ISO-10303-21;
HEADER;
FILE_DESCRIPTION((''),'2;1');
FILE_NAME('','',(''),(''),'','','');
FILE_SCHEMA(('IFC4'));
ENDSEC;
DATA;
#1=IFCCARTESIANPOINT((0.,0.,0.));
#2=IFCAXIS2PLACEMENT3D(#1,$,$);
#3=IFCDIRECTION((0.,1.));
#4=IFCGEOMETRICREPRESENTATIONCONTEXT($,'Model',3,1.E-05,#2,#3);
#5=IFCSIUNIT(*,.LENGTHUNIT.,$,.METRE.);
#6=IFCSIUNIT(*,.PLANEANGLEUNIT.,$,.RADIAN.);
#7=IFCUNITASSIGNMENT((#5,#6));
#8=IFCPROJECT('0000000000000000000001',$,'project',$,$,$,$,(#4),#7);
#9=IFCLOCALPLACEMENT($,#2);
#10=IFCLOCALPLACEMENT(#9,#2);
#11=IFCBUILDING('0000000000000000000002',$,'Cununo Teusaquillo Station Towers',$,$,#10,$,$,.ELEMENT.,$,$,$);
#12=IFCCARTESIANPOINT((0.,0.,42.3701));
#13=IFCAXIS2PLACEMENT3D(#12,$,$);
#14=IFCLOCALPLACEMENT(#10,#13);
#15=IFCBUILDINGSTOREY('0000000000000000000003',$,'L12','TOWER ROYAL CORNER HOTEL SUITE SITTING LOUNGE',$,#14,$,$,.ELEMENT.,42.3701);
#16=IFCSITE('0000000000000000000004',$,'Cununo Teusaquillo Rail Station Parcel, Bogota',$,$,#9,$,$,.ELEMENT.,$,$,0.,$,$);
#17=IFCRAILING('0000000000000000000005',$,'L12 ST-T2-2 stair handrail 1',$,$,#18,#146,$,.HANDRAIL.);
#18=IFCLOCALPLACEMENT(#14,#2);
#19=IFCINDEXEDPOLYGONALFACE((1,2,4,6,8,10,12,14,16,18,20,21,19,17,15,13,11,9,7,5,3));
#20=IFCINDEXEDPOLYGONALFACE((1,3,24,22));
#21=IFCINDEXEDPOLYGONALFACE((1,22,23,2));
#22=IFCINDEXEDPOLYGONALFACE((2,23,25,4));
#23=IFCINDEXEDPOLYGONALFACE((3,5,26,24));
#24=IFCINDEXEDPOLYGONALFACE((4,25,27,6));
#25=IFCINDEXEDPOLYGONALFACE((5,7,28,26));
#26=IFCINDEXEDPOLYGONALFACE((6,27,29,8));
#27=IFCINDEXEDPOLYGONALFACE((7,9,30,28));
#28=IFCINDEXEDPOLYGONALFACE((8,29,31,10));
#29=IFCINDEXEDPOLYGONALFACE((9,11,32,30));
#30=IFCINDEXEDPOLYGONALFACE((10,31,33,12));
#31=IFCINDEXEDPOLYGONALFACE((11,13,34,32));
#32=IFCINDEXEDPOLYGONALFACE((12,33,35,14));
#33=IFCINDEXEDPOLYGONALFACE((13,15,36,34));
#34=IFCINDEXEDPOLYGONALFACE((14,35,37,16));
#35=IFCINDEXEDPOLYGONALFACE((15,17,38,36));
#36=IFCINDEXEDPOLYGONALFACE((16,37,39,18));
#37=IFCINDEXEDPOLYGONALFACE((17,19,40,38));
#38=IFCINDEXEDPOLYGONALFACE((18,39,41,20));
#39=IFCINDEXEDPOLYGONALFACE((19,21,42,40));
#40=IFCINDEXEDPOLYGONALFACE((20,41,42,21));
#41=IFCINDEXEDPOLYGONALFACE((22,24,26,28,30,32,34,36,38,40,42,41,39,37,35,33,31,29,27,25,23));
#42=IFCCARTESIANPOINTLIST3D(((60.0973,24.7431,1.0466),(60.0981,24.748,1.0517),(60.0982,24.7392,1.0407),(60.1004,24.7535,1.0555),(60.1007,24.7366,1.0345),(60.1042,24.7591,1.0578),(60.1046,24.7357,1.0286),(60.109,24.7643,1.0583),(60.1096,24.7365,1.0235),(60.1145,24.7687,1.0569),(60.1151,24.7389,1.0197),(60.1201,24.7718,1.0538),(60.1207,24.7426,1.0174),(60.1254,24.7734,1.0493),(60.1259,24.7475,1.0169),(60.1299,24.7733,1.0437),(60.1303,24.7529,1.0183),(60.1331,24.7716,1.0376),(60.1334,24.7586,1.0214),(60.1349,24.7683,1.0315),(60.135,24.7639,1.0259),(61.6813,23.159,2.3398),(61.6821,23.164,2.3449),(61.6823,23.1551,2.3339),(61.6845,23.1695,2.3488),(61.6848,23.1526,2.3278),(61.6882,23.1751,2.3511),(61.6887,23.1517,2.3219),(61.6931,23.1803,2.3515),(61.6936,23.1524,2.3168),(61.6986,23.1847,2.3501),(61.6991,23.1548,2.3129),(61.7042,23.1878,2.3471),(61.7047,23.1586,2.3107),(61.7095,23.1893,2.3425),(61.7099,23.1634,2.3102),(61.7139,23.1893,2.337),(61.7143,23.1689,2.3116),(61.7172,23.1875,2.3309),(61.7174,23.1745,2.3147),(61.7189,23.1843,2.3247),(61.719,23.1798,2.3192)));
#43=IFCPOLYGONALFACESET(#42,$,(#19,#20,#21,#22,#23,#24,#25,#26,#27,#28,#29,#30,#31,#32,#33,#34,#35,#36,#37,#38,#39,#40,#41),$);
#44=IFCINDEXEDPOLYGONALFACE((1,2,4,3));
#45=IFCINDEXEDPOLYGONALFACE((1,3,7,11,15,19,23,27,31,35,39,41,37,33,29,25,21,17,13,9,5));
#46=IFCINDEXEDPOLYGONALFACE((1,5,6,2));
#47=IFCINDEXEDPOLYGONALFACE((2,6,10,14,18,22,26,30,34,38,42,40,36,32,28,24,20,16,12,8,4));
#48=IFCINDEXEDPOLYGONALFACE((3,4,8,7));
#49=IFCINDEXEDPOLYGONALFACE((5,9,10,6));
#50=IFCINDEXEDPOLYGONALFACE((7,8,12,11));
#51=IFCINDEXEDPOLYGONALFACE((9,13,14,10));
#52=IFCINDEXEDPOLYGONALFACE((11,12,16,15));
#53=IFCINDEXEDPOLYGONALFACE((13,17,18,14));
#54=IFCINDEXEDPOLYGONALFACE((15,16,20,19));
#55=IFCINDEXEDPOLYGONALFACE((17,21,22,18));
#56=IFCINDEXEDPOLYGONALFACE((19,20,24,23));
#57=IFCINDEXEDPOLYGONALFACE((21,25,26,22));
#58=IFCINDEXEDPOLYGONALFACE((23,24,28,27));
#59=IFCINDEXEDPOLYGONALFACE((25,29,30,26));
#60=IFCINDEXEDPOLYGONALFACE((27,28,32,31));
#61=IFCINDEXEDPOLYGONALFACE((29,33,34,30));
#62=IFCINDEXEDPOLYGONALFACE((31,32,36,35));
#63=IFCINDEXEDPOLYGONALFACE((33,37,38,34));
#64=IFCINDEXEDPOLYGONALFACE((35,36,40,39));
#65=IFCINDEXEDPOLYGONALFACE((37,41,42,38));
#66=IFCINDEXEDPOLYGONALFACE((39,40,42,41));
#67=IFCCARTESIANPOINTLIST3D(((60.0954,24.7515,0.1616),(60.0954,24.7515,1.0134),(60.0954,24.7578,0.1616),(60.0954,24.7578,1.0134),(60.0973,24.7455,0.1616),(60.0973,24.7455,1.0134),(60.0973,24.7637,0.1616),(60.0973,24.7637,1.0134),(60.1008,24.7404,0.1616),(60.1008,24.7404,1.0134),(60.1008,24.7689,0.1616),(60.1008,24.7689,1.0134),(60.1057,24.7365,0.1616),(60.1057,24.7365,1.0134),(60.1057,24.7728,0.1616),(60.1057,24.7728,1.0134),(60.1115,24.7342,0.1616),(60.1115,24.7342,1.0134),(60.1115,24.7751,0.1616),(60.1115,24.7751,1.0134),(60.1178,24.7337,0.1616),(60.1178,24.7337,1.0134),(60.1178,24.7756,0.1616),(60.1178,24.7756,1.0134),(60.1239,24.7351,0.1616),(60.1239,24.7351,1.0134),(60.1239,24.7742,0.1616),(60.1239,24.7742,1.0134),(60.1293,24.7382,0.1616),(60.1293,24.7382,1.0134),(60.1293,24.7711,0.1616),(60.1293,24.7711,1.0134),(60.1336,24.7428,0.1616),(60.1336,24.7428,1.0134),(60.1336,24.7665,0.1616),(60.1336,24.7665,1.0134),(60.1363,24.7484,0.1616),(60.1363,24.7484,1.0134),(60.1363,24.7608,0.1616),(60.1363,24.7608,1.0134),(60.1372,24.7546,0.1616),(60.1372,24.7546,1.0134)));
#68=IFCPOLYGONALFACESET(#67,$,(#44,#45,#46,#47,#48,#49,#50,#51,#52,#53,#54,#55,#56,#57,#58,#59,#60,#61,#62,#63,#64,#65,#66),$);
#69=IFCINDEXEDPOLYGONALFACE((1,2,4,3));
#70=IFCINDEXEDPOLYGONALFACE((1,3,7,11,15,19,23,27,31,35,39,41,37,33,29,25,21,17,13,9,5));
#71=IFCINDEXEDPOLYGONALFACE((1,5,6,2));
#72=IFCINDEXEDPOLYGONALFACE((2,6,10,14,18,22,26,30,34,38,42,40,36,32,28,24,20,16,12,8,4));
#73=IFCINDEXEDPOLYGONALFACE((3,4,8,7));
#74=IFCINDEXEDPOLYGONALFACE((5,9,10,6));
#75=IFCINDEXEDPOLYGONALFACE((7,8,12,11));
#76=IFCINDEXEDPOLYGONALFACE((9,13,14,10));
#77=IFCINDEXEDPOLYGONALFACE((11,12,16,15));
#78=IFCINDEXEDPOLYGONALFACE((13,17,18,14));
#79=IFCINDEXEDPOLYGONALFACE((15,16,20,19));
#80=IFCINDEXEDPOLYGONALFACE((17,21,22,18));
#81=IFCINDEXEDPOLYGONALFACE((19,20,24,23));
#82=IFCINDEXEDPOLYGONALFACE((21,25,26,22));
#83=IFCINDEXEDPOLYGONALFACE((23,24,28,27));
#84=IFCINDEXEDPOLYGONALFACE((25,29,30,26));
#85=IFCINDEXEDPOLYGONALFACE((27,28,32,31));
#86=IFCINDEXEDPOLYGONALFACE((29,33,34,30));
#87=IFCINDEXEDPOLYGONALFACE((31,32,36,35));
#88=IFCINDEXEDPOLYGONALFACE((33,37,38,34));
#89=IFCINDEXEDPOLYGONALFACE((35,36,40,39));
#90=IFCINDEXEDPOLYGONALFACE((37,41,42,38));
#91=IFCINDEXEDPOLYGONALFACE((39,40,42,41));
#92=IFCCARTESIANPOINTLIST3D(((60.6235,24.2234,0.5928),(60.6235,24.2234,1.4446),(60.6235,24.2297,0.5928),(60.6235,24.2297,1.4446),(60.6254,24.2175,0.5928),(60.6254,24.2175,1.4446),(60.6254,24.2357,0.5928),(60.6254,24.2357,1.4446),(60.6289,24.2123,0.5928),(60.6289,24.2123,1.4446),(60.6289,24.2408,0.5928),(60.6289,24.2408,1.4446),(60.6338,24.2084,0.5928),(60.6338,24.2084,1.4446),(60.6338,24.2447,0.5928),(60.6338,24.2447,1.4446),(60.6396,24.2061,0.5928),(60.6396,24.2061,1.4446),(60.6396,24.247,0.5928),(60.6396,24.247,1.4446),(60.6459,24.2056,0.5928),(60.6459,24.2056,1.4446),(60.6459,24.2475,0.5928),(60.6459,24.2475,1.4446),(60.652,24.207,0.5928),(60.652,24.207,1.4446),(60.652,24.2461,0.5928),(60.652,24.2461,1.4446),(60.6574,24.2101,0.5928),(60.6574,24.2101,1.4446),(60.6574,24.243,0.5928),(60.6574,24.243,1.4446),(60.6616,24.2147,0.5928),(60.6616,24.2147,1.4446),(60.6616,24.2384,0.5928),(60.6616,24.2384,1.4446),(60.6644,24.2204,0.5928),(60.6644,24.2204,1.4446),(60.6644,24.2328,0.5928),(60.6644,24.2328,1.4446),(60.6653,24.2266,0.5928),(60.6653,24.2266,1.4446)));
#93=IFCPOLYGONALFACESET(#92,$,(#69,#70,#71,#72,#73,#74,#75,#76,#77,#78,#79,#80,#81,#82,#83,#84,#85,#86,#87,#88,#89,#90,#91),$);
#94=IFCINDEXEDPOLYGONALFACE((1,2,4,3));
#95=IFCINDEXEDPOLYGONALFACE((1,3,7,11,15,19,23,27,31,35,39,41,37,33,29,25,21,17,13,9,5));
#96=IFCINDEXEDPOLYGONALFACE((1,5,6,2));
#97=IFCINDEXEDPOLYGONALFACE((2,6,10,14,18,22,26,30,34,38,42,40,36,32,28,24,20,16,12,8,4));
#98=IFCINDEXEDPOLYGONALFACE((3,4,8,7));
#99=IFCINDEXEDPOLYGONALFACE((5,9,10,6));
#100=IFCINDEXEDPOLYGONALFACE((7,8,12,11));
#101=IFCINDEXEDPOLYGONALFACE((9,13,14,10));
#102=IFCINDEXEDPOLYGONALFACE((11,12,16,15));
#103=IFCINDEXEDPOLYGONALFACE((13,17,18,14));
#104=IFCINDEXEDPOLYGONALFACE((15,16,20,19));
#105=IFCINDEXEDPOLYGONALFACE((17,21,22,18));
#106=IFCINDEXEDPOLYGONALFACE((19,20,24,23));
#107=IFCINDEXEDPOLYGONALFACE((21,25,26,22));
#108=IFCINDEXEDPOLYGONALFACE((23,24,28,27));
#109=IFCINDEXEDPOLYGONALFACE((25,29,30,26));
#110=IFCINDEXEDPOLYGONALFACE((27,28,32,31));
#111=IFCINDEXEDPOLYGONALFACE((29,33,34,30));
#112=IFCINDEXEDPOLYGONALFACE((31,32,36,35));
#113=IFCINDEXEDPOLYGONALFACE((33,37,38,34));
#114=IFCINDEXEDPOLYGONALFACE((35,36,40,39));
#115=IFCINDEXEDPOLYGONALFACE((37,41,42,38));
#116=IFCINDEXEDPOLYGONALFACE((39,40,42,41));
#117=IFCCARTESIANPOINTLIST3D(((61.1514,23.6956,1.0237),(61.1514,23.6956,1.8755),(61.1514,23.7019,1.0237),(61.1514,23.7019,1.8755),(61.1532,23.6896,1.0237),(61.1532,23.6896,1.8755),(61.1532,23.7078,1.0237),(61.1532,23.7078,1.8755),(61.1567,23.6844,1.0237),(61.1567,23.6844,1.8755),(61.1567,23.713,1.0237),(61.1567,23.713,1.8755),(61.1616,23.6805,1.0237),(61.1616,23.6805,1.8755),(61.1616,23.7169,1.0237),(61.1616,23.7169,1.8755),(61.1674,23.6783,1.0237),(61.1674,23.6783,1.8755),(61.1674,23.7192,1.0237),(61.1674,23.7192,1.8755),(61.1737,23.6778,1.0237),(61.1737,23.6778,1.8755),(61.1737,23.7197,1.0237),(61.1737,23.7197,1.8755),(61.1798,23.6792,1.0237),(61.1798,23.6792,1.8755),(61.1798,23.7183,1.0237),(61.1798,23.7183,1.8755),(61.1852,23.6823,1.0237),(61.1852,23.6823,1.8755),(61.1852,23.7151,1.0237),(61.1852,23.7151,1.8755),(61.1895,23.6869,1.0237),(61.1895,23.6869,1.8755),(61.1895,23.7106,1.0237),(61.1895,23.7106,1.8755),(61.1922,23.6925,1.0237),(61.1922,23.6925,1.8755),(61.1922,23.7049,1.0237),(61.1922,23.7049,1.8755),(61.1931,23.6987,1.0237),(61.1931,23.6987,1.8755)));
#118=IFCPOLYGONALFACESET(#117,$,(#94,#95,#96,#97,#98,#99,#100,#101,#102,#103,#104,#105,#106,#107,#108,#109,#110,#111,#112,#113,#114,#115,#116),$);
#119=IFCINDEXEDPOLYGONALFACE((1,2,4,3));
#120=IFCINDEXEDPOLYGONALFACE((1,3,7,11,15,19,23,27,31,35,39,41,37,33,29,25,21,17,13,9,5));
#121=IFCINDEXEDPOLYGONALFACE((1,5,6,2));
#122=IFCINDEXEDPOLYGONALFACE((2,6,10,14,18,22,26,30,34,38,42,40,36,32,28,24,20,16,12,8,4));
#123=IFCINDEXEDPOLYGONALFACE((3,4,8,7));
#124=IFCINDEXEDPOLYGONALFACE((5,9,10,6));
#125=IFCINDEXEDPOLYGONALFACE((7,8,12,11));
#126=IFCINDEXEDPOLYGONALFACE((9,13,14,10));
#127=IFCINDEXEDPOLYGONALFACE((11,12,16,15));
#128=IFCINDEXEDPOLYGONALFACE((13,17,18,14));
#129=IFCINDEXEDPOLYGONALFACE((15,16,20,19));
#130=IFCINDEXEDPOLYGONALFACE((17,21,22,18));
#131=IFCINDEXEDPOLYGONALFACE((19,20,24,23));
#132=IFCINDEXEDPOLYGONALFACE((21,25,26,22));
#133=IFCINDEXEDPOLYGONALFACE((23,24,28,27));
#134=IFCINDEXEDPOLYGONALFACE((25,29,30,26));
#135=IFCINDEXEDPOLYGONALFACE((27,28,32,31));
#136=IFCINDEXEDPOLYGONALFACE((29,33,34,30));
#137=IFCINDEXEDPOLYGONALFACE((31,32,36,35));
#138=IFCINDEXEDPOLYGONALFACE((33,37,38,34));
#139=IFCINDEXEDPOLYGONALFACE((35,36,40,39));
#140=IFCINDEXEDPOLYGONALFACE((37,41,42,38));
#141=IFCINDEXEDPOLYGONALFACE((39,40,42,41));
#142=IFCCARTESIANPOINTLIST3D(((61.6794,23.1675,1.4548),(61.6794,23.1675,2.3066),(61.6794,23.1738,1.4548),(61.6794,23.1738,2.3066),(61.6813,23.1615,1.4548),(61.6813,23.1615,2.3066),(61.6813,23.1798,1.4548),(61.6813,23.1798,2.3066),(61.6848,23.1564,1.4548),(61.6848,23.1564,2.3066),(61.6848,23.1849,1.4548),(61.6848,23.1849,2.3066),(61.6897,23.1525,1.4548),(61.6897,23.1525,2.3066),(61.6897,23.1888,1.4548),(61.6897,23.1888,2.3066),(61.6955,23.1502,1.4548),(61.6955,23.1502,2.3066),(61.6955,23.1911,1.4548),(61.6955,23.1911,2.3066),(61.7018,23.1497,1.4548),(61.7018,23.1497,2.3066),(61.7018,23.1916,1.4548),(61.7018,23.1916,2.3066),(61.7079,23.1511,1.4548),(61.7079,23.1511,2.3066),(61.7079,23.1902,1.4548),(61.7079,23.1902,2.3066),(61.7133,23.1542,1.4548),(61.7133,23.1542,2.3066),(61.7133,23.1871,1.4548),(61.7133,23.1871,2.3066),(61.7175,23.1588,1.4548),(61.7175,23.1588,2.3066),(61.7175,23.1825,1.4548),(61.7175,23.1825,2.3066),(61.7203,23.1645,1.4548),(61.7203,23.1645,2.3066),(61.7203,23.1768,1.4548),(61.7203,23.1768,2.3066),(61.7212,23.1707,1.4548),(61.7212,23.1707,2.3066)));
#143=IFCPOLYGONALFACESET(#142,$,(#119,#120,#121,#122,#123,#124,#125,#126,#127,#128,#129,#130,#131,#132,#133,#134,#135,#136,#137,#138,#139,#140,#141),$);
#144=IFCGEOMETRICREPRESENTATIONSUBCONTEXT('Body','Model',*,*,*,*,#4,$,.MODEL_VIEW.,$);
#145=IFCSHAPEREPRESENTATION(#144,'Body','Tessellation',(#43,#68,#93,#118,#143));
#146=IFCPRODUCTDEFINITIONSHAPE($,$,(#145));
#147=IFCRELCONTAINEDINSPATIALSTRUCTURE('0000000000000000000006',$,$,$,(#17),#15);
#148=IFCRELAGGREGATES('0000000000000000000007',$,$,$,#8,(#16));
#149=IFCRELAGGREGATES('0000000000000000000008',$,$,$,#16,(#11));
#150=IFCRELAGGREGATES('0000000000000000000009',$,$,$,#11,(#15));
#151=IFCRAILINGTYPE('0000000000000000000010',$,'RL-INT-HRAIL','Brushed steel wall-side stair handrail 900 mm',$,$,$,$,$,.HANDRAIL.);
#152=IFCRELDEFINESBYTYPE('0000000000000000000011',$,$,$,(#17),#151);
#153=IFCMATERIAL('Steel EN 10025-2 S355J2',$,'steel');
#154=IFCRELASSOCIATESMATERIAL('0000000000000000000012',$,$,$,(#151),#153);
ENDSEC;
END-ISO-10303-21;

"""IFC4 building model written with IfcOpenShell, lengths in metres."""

from ifc_helpers import new_model, si_unit, direction, frame, origin, origin_2d, place, context, subcontext, project, spatial, circle, extrude, material, type_object, element, save


model = new_model("IFC4")

# Units and contexts
model_context = context("Model", 3, precision=1e-05, world=origin(), true_north=direction((0.0, 1.0)))
body_context = subcontext(model_context, "Body", "Model", "MODEL_VIEW")
ifc_project = project(units=[si_unit("LENGTHUNIT", "METRE"), si_unit("PLANEANGLEUNIT", "RADIAN")], contexts=[model_context])

# Site, building, storey
site_placement = place(None, origin())
site = spatial("IfcSite", under=ifc_project, at=site_placement, Name="Cununo Teusaquillo Rail Station Parcel, Bogota", CompositionType="ELEMENT", RefElevation=0.0)
building_placement = place(site_placement, origin())
building = spatial("IfcBuilding", under=site, at=building_placement, Name="Cununo Teusaquillo Station Towers", CompositionType="ELEMENT")
storey_placement = place(building_placement, frame((0.0, 0.0, 42.3701)))
storey = spatial("IfcBuildingStorey", under=building, at=storey_placement, Name="L12", Description="TOWER ROYAL CORNER HOTEL SUITE SITTING LOUNGE", CompositionType="ELEMENT", Elevation=42.3701)

# Railing
ifc_material_1 = material(Name="Steel EN 10025-2 S355J2", Category="steel")
railing_type_1 = type_object("IfcRailingType", Name="RL-INT-HRAIL", Description="Brushed steel wall-side stair handrail 900 mm", PredefinedType="HANDRAIL", material=ifc_material_1)
railing_1_placement = place(storey_placement, frame((60.1162, 24.7546, 0.1616)))
element("IfcRailing", 1, at=railing_1_placement, inside=storey, type_object=railing_type_1, Name="L12 ST-T2-2 stair handrail 1", PredefinedType="HANDRAIL", context=body_context, shape_type="SweptSolid", body=[
    extrude(circle(Radius=0.0239, at=origin_2d()), frame((0.0, 0.0, 0.876), z_axis=(0.612385, -0.612385, 0.49997), x_axis=(0.707107, 0.707107, 0.0)), (0.0, 0.0, 1.0), 2.5867),
    extrude(circle(Radius=0.021, at=origin_2d()), origin(), (0.0, 0.0, 1.0), 0.8518),
    extrude(circle(Radius=0.021, at=origin_2d()), frame((0.5281, -0.5281, 0.4312)), (0.0, 0.0, 1.0), 0.8518),
    extrude(circle(Radius=0.021, at=origin_2d()), frame((1.0559, -1.0559, 0.8621)), (0.0, 0.0, 1.0), 0.8518),
    extrude(circle(Radius=0.021, at=origin_2d()), frame((1.584, -1.584, 1.2932)), (0.0, 0.0, 1.0), 0.8518),
])

save(model, "model.ifc")
